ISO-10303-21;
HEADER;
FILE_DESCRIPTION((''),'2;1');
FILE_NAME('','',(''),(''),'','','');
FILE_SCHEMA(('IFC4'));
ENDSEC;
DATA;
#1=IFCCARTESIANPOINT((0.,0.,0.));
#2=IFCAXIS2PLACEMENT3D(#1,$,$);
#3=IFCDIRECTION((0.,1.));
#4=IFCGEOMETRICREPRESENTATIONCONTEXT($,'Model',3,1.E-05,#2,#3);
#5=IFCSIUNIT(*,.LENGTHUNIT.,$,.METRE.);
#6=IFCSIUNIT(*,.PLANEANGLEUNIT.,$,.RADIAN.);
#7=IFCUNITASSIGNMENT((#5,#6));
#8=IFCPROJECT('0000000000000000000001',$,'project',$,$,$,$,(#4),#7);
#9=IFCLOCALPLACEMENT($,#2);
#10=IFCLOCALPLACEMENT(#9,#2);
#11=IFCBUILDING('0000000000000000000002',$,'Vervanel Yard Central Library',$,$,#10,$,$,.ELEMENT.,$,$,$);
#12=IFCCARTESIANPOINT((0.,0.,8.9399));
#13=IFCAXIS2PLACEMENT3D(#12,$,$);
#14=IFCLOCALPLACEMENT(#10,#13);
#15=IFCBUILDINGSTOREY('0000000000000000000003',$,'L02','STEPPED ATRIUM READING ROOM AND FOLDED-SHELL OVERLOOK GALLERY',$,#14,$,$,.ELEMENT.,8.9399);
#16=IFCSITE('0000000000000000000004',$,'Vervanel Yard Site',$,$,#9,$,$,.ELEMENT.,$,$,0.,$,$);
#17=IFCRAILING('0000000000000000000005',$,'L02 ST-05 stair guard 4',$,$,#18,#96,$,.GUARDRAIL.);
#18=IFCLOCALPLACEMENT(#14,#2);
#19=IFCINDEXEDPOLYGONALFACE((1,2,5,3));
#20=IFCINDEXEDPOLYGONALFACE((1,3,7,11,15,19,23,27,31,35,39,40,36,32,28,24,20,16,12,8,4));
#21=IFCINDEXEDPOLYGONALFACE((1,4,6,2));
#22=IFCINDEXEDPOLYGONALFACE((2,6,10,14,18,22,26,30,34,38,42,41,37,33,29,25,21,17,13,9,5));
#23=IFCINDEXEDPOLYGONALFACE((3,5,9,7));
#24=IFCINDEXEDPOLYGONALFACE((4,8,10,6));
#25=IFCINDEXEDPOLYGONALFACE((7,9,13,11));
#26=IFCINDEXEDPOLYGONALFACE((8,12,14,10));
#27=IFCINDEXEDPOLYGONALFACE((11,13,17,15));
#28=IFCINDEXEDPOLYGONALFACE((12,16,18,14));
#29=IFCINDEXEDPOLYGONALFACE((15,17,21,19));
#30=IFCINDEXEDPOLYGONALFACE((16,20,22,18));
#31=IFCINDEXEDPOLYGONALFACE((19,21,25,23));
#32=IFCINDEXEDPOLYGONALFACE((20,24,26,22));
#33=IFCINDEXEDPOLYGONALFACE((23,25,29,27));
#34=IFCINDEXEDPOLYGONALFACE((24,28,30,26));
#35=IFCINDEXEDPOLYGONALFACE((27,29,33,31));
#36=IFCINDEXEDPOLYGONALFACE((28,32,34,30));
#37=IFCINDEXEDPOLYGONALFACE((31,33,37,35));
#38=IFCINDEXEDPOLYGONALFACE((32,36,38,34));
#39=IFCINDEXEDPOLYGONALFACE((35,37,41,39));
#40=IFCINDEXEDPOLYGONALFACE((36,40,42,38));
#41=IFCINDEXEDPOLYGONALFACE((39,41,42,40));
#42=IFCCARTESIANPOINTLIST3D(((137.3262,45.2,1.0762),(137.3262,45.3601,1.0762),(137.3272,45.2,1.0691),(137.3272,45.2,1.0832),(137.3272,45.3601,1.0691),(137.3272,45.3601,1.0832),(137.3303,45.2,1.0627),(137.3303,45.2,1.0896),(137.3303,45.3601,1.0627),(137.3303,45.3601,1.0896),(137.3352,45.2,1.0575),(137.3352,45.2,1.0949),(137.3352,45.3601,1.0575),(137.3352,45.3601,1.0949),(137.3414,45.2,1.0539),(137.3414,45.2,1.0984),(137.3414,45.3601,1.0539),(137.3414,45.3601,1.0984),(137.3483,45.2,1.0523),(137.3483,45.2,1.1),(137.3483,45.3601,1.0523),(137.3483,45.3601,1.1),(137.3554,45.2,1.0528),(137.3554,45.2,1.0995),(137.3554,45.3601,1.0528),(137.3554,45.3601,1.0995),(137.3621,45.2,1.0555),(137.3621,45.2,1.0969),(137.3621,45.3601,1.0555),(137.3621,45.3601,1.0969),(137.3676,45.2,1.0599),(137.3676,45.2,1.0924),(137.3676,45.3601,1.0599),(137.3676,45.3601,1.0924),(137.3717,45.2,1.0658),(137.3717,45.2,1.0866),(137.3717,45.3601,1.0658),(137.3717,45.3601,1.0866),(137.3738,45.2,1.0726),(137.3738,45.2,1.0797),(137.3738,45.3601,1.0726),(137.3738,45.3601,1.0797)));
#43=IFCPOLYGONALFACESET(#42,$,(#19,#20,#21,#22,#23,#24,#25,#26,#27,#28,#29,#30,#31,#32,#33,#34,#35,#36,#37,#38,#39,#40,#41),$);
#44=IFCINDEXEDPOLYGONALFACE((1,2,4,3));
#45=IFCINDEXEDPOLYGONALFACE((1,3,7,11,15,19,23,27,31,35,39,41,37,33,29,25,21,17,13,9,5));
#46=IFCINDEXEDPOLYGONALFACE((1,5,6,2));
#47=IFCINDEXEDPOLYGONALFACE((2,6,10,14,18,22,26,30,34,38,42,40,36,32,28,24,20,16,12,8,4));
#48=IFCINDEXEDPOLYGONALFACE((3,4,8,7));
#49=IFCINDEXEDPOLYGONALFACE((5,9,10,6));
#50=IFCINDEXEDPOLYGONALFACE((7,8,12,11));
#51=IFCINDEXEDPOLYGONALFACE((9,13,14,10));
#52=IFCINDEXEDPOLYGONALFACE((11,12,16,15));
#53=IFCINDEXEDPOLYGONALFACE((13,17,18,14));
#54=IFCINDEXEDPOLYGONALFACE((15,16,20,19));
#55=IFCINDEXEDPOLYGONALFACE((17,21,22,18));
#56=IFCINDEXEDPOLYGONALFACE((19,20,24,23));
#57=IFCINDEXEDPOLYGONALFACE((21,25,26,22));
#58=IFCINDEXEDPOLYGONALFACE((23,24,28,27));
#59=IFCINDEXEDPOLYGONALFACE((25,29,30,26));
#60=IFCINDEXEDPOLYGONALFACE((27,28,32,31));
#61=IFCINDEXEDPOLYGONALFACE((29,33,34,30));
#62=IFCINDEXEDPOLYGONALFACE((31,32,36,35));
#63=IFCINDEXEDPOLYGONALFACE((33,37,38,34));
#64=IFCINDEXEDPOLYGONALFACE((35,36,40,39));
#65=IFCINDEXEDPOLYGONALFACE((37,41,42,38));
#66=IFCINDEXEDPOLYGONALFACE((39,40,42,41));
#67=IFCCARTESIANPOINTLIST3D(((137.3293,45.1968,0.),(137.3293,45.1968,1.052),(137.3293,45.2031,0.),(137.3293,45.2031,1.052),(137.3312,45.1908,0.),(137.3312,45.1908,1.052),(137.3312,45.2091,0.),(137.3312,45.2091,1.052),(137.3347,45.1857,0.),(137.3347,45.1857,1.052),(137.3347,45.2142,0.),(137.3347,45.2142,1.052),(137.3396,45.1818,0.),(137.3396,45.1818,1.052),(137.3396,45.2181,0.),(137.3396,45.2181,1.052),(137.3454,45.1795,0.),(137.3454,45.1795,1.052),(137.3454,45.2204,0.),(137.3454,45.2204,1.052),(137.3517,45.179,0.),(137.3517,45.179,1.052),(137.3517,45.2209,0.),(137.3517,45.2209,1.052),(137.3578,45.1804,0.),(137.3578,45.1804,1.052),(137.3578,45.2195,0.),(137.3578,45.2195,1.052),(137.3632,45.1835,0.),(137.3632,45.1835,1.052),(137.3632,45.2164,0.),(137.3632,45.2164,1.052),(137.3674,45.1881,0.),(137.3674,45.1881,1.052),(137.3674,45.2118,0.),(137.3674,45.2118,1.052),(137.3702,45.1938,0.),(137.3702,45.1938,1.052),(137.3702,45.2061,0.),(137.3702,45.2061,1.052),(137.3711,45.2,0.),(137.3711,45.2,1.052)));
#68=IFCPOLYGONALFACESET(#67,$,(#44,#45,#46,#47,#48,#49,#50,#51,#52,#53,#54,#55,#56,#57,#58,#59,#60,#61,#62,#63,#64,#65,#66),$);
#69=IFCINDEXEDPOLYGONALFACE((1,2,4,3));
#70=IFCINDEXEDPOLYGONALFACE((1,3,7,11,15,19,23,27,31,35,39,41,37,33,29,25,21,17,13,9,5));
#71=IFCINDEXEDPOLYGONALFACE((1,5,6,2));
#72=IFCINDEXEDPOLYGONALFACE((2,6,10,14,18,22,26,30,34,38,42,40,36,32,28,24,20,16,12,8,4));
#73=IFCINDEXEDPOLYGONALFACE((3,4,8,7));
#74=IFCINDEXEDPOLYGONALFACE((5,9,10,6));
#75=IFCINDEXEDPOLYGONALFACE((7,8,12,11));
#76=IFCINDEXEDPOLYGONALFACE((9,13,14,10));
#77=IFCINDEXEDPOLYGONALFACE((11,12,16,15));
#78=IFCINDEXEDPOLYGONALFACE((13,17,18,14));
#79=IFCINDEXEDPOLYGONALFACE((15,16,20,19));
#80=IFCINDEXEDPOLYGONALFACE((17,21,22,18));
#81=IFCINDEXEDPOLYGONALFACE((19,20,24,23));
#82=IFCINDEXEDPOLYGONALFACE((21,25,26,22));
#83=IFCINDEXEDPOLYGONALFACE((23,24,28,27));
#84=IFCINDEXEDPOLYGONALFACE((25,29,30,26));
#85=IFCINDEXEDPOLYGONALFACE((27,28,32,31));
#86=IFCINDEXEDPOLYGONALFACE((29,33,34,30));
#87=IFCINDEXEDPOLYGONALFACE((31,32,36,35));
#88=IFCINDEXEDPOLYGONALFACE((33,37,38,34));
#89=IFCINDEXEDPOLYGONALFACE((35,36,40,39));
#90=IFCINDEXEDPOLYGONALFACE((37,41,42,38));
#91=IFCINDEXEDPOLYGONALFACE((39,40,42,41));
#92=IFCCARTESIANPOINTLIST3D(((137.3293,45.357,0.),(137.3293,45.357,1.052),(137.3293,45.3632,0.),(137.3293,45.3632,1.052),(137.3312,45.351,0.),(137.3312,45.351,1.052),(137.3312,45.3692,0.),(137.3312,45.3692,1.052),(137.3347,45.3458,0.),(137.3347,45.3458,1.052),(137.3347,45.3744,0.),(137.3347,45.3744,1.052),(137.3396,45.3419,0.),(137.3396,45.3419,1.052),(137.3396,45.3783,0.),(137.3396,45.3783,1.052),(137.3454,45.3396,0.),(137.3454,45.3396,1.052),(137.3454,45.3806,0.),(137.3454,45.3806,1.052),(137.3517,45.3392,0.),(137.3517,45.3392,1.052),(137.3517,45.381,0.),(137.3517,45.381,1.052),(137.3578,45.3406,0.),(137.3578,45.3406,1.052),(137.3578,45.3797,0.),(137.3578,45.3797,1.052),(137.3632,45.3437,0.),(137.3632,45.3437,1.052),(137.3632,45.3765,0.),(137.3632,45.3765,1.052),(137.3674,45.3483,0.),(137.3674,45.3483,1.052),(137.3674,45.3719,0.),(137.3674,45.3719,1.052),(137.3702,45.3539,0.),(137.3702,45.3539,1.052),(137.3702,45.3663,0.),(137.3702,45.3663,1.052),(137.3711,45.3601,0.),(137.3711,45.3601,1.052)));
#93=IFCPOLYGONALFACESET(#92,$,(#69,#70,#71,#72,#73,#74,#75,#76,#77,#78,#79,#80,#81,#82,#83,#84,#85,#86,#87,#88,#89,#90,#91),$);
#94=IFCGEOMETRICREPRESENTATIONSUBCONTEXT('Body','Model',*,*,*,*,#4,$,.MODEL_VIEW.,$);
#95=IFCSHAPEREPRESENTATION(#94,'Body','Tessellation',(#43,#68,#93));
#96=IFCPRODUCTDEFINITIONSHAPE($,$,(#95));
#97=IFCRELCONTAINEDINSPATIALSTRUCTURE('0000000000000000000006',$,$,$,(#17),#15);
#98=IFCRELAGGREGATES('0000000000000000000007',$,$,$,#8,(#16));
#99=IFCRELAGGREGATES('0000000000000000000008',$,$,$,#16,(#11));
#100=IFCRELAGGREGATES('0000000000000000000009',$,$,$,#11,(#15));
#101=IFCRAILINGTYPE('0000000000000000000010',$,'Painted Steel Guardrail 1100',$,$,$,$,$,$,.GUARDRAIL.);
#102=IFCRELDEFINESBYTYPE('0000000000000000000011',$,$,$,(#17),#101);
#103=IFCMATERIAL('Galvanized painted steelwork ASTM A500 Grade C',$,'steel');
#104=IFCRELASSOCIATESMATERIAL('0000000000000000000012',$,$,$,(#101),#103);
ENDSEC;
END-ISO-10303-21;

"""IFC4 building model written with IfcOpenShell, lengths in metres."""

from ifc_helpers import new_model, si_unit, direction, frame, origin, origin_2d, place, context, subcontext, project, spatial, circle, extrude, material, type_object, element, save


model = new_model("IFC4")

# Units and contexts
model_context = context("Model", 3, precision=1e-05, world=origin(), true_north=direction((0.0, 1.0)))
body_context = subcontext(model_context, "Body", "Model", "MODEL_VIEW")
ifc_project = project(units=[si_unit("LENGTHUNIT", "METRE"), si_unit("PLANEANGLEUNIT", "RADIAN")], contexts=[model_context])

# Site, building, storey
site_placement = place(None, origin())
site = spatial("IfcSite", under=ifc_project, at=site_placement, Name="Vervanel Yard Site", CompositionType="ELEMENT", RefElevation=0.0)
building_placement = place(site_placement, origin())
building = spatial("IfcBuilding", under=site, at=building_placement, Name="Vervanel Yard Central Library", CompositionType="ELEMENT")
storey_placement = place(building_placement, frame((0.0, 0.0, 8.9399)))
storey = spatial("IfcBuildingStorey", under=building, at=storey_placement, Name="L02", Description="STEPPED ATRIUM READING ROOM AND FOLDED-SHELL OVERLOOK GALLERY", CompositionType="ELEMENT", Elevation=8.9399)

# Railing
ifc_material_1 = material(Name="Galvanized painted steelwork ASTM A500 Grade C", Category="steel")
railing_type_1 = type_object("IfcRailingType", Name="Painted Steel Guardrail 1100", PredefinedType="GUARDRAIL", material=ifc_material_1)
railing_1_placement = place(storey_placement, frame((137.3501, 45.2, 0.0)))
element("IfcRailing", 1, at=railing_1_placement, inside=storey, type_object=railing_type_1, Name="L02 ST-05 stair guard 4", PredefinedType="GUARDRAIL", context=body_context, shape_type="SweptSolid", body=[
    extrude(circle(Radius=0.0239, at=origin_2d()), frame((0.0, 0.0, 1.0762), z_axis=(0.0, 1.0, 0.0), x_axis=(-1.0, 0.0, 0.0)), (0.0, 0.0, 1.0), 0.1602),
    extrude(circle(Radius=0.021, at=origin_2d()), origin(), (0.0, 0.0, 1.0), 1.052),
    extrude(circle(Radius=0.021, at=origin_2d()), frame((0.0, 0.1602, 0.0)), (0.0, 0.0, 1.0), 1.052),
])

save(model, "model.ifc")
